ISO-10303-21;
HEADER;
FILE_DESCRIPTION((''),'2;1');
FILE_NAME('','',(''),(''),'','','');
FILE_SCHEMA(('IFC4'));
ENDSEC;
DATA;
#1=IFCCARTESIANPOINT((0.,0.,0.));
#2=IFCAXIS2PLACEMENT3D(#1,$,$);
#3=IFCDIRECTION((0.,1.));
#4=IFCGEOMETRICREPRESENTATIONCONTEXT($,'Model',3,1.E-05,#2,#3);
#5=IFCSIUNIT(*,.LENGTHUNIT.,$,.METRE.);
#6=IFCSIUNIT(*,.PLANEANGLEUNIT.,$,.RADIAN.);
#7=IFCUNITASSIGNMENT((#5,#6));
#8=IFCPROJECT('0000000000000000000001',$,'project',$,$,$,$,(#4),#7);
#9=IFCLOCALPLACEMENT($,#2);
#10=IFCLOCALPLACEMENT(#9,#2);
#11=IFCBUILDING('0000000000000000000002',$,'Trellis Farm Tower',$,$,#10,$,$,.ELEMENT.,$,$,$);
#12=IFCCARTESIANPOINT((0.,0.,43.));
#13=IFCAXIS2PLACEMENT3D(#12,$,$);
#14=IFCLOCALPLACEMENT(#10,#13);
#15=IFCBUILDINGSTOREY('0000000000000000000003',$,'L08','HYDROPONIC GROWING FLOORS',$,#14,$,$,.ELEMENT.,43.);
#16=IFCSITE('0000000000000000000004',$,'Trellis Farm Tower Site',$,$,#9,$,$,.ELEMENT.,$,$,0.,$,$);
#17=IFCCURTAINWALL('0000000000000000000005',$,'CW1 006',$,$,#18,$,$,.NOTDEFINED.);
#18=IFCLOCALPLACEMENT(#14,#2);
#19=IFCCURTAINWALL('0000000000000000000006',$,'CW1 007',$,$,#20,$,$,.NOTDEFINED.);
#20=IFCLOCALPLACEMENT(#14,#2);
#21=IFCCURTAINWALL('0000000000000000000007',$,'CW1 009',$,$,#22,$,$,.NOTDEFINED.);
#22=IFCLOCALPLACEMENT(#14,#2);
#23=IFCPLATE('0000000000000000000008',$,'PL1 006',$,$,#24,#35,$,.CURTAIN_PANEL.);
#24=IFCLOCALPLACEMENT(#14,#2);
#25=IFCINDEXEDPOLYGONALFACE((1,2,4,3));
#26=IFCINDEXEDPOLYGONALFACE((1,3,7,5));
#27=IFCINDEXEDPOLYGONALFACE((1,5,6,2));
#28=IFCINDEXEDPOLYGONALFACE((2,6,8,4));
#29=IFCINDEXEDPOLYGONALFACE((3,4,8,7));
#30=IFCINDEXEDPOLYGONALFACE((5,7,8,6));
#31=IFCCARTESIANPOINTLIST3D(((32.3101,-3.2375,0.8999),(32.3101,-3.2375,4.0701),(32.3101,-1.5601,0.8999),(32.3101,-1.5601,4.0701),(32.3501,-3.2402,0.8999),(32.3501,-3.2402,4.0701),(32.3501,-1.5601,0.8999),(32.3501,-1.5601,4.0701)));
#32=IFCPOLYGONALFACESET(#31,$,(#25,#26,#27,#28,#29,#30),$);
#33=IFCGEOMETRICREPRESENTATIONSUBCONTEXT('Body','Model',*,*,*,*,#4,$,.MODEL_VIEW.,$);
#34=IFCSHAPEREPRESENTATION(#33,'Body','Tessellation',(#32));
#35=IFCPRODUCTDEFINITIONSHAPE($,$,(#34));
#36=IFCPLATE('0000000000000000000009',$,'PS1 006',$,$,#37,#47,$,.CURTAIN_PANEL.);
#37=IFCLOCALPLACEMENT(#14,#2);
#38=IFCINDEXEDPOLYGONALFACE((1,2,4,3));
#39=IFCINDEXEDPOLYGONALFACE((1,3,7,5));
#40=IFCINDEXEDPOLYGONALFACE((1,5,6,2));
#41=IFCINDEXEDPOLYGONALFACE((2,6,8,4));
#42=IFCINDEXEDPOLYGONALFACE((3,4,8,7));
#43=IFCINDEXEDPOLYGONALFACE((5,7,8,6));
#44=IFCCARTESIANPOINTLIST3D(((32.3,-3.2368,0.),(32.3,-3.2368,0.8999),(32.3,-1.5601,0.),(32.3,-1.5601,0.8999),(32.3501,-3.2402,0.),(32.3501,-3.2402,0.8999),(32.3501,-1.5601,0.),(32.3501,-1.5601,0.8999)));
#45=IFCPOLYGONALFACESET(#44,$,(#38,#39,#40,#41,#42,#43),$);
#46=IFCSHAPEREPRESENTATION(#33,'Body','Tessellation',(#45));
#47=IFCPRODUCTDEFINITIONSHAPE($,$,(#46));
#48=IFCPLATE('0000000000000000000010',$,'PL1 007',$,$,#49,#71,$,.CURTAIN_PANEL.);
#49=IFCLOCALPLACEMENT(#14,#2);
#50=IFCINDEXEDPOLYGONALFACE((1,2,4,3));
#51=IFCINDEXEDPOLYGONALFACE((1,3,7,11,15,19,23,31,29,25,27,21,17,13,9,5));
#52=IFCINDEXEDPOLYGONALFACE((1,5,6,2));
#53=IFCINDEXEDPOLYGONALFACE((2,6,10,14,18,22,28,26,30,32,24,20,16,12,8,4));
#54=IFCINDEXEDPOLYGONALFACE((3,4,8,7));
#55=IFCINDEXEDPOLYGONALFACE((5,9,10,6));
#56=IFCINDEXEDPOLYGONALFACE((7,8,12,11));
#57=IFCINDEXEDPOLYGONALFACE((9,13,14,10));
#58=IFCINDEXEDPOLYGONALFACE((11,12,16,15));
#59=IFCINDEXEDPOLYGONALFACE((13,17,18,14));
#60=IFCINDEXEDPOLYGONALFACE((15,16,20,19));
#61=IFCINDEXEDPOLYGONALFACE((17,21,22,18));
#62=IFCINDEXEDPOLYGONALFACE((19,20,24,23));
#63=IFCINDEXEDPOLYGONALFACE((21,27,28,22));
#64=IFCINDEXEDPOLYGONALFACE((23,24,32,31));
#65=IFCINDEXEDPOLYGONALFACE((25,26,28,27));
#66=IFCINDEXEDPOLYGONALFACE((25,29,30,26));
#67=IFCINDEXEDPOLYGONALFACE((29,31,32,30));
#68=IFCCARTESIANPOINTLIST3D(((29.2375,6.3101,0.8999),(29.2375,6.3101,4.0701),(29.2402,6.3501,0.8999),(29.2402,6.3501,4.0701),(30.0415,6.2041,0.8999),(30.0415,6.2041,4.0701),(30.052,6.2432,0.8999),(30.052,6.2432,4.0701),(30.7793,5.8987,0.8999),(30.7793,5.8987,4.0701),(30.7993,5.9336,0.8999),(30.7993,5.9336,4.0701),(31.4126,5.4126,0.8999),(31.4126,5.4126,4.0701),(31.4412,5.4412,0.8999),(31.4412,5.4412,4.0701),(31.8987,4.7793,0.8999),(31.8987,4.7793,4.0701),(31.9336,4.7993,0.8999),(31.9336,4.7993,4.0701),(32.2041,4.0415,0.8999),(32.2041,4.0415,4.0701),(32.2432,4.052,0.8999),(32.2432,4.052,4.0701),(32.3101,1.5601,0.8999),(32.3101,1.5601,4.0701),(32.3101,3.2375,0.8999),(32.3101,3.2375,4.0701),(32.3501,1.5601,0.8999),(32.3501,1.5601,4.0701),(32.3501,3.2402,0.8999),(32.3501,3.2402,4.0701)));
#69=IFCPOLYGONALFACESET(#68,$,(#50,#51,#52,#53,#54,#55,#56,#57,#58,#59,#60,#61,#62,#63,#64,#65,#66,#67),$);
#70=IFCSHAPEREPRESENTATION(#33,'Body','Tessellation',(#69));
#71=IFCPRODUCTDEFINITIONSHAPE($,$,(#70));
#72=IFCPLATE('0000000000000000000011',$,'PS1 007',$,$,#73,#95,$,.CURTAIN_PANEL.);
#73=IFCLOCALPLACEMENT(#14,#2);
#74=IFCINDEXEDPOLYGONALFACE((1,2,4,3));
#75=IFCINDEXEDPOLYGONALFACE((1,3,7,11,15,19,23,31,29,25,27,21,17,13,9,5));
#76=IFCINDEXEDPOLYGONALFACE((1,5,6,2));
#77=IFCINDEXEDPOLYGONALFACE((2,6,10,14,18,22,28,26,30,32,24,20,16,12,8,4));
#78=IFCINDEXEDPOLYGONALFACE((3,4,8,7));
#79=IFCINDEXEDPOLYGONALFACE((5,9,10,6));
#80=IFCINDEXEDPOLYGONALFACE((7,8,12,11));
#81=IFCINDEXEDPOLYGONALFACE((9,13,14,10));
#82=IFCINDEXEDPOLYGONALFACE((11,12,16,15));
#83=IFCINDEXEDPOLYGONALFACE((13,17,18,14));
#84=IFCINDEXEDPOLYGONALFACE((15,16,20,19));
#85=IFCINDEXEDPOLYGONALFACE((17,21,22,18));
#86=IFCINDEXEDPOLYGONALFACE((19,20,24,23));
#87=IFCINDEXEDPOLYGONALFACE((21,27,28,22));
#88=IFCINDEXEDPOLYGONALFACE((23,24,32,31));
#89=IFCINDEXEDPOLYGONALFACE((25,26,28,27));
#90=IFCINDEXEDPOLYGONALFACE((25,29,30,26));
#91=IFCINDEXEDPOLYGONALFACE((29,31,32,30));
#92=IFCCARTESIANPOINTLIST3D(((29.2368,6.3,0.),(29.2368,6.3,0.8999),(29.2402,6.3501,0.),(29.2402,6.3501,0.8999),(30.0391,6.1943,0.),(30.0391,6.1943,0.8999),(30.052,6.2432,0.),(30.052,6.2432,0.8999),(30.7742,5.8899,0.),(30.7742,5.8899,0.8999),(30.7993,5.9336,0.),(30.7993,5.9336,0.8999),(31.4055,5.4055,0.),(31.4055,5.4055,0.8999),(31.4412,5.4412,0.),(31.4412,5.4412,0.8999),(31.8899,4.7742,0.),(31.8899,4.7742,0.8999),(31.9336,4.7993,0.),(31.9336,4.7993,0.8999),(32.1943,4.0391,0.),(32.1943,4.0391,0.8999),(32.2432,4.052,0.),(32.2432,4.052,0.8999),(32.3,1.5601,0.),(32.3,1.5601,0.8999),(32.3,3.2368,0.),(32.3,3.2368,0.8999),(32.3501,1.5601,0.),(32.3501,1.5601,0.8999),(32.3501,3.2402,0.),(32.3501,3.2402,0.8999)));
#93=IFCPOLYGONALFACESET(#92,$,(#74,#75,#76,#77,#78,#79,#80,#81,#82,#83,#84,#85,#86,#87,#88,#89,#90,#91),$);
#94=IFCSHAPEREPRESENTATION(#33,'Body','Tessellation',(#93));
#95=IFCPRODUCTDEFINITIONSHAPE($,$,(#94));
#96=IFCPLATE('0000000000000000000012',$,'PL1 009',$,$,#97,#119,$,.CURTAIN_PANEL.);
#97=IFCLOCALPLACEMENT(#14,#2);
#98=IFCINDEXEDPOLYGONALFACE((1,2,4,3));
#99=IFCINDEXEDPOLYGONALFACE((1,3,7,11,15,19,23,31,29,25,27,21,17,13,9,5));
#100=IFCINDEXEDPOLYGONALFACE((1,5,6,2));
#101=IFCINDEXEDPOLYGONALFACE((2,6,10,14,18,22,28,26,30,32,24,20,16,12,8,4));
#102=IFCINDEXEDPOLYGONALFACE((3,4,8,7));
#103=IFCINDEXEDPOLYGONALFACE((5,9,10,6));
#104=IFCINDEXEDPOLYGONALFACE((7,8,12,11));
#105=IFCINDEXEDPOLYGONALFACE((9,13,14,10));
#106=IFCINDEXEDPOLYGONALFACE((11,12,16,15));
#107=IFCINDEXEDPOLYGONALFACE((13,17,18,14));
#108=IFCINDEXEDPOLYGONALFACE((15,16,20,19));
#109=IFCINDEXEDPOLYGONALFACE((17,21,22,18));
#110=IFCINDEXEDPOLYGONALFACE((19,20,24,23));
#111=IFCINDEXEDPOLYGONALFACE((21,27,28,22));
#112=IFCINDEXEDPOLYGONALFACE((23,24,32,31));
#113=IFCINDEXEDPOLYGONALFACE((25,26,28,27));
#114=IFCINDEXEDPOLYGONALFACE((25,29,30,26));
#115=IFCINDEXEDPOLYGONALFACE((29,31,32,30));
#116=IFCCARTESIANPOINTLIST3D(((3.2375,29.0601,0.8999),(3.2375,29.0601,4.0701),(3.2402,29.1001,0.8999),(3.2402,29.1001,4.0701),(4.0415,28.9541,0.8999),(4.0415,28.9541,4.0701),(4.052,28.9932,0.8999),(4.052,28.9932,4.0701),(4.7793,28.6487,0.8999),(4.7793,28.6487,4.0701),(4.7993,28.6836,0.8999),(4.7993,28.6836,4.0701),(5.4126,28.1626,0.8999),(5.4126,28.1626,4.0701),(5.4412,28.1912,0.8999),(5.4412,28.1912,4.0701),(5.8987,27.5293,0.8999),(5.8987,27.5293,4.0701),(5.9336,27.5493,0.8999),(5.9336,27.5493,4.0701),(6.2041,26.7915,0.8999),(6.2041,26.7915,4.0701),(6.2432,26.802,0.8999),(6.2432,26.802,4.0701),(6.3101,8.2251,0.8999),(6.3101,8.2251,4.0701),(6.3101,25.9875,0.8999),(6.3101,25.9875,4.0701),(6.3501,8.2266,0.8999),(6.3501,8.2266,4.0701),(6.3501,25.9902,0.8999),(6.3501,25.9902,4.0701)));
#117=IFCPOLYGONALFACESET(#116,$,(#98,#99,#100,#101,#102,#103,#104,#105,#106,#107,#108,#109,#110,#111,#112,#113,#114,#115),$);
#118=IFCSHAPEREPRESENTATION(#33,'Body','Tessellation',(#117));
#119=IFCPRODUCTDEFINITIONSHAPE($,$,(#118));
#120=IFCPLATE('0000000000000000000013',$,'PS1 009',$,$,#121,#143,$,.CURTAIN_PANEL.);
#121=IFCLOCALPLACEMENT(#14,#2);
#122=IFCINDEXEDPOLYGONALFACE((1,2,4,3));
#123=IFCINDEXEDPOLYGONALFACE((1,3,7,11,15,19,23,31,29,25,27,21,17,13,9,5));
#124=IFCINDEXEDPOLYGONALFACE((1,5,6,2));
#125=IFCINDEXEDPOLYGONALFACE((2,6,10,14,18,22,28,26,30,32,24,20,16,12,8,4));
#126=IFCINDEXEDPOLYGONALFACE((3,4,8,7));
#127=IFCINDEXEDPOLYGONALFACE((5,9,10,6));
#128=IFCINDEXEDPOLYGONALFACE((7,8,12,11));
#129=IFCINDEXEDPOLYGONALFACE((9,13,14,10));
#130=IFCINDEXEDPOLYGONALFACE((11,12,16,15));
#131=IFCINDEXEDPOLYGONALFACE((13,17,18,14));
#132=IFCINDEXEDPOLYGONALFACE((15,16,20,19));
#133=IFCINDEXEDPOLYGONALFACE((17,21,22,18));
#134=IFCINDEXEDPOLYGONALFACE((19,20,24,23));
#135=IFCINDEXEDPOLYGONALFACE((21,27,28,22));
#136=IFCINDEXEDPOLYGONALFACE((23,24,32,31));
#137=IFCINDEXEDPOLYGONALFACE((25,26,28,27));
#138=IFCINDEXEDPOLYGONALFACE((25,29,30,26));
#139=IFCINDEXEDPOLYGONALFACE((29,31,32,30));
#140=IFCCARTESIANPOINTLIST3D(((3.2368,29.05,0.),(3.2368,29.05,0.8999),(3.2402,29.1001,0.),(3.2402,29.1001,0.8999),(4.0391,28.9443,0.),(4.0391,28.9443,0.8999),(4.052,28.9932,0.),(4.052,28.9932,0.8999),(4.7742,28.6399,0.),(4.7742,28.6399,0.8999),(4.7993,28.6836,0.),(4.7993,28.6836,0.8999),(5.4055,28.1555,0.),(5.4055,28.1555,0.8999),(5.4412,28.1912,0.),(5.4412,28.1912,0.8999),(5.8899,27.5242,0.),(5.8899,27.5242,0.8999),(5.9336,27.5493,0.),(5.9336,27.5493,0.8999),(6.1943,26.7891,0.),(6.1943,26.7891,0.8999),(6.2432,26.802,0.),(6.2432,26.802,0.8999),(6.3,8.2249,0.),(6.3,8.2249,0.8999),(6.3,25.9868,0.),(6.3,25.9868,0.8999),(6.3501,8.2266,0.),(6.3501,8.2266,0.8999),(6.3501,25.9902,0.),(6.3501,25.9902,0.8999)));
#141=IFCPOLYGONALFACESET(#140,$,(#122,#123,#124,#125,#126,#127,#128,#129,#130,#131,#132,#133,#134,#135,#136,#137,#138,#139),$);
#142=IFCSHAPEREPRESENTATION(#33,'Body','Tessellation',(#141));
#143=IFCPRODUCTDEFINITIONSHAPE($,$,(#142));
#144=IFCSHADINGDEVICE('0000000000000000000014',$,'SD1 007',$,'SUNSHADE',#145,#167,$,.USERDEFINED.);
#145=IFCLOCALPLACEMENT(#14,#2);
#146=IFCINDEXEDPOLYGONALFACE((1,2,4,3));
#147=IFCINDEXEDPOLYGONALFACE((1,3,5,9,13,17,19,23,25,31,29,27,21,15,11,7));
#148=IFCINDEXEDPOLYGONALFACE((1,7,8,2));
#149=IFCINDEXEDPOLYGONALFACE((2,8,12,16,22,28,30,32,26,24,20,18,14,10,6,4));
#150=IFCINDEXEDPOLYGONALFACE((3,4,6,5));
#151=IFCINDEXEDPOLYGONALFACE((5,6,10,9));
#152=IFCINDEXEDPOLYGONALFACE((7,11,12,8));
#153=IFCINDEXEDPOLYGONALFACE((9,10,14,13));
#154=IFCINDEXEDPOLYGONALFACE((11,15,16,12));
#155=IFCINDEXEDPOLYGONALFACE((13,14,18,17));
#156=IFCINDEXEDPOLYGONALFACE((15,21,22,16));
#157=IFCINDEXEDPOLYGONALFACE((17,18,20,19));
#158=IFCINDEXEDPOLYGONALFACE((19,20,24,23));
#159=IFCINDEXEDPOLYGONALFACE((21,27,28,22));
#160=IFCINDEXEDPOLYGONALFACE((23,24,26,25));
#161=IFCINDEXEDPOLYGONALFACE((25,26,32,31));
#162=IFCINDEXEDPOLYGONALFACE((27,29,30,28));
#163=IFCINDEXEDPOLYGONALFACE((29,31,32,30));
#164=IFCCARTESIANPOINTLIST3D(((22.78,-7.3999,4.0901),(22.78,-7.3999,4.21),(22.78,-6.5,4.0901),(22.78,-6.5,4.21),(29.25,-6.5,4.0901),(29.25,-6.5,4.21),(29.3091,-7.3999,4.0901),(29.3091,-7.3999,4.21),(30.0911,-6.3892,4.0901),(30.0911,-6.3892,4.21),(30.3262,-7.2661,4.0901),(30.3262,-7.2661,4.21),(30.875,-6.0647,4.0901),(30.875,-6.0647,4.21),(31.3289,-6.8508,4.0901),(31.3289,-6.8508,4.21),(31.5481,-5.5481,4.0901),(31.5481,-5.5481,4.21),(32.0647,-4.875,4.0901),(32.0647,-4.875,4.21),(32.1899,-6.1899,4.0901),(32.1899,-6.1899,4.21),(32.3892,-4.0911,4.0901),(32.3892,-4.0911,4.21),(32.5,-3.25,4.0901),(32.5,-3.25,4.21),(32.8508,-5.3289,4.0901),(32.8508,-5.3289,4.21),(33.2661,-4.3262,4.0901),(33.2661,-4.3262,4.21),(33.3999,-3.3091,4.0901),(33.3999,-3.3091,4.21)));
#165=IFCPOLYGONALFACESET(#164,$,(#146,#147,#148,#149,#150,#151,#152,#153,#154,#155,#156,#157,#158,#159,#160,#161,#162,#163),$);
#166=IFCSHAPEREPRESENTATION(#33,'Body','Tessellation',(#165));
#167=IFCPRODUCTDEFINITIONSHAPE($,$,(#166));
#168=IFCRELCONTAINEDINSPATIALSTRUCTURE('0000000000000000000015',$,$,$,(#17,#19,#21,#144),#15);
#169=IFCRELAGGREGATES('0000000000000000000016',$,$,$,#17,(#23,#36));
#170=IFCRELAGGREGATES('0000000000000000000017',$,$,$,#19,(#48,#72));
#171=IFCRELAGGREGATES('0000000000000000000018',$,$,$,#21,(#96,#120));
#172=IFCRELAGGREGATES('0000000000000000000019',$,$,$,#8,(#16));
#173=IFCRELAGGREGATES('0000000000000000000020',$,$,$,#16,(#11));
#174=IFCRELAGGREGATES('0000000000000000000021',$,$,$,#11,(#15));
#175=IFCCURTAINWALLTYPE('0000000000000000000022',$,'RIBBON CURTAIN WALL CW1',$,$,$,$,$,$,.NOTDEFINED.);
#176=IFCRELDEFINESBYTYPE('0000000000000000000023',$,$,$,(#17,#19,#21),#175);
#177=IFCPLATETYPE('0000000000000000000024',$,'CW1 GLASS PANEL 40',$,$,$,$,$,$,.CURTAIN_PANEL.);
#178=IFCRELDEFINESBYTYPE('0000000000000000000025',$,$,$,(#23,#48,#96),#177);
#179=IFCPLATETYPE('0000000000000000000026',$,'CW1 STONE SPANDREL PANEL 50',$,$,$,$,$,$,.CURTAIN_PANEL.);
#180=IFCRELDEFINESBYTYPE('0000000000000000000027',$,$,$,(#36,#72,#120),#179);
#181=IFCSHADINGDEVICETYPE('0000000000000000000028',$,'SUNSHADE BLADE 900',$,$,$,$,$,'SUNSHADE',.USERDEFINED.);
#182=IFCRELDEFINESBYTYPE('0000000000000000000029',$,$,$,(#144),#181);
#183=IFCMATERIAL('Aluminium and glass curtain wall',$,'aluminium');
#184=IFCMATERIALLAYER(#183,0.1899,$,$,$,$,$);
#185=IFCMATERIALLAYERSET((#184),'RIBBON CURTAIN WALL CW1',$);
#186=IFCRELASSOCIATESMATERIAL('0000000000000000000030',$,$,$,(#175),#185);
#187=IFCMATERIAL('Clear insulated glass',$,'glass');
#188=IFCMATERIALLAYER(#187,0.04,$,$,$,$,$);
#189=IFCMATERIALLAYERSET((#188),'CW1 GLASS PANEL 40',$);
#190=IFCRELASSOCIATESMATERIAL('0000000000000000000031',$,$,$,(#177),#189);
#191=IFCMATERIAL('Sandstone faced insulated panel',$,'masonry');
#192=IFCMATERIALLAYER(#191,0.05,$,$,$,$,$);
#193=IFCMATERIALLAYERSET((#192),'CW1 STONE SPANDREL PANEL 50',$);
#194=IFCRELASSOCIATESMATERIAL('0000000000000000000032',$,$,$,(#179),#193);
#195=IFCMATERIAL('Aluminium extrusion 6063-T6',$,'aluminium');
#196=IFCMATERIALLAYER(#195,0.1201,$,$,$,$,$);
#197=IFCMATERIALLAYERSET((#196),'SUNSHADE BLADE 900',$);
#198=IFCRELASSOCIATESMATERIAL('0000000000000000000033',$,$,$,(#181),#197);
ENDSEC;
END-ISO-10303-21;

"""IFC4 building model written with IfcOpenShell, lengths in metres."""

from ifc_helpers import new_model, si_unit, direction, frame, origin, place, context, subcontext, project, spatial, polyline, outline, extrude, source, transform, mapped, material, layer, layer_set, type_object, element, aggregate, save


model = new_model("IFC4")

# Units and contexts
model_context = context("Model", 3, precision=1e-05, world=origin(), true_north=direction((0.0, 1.0)))
body_context = subcontext(model_context, "Body", "Model", "MODEL_VIEW")
ifc_project = project(units=[si_unit("LENGTHUNIT", "METRE"), si_unit("PLANEANGLEUNIT", "RADIAN")], contexts=[model_context])

# Site, building, storey
site_placement = place(None, origin())
site = spatial("IfcSite", under=ifc_project, at=site_placement, Name="Trellis Farm Tower Site", CompositionType="ELEMENT", RefElevation=0.0)
building_placement = place(site_placement, origin())
building = spatial("IfcBuilding", under=site, at=building_placement, Name="Trellis Farm Tower", CompositionType="ELEMENT")
storey_placement = place(building_placement, frame((0.0, 0.0, 43.0)))
storey = spatial("IfcBuildingStorey", under=building, at=storey_placement, Name="L08", Description="HYDROPONIC GROWING FLOORS", CompositionType="ELEMENT", Elevation=43.0)

# Curtain walls
ifc_material_1 = material(Name="Aluminium and glass curtain wall", Category="aluminium")
ifc_layer_1 = layer(ifc_material_1, 0.1899)
ifc_layer_set_1 = layer_set([ifc_layer_1], Name="RIBBON CURTAIN WALL CW1")
curtain_wall_type_1 = type_object("IfcCurtainWallType", Name="RIBBON CURTAIN WALL CW1", PredefinedType="NOTDEFINED", material=ifc_layer_set_1)
placement_1 = place(storey_placement, origin())
ifc_material_2 = material(Name="Aluminium extrusion 6063-T6", Category="aluminium")
curtain_wall_1 = element("IfcCurtainWall", 1, at=placement_1, inside=storey, type_object=curtain_wall_type_1, Name="CW1 006", PredefinedType="NOTDEFINED")
curtain_wall_2 = element("IfcCurtainWall", 2, at=placement_1, inside=storey, type_object=curtain_wall_type_1, Name="CW1 007", PredefinedType="NOTDEFINED")
curtain_wall_3 = element("IfcCurtainWall", 3, at=placement_1, inside=storey, type_object=curtain_wall_type_1, Name="CW1 009", PredefinedType="NOTDEFINED")

# Plates
ifc_material_3 = material(Name="Clear insulated glass", Category="glass")
ifc_layer_2 = layer(ifc_material_3, 0.04)
ifc_layer_set_2 = layer_set([ifc_layer_2], Name="CW1 GLASS PANEL 40")
plate_type_1 = type_object("IfcPlateType", Name="CW1 GLASS PANEL 40", PredefinedType="CURTAIN_PANEL", material=ifc_layer_set_2)
placement_2 = place(storey_placement, frame((0.0, 0.0, 0.8999)))
ifc_material_4 = material(Name="Sandstone faced insulated panel", Category="masonry")
ifc_layer_3 = layer(ifc_material_4, 0.05)
ifc_layer_set_3 = layer_set([ifc_layer_3], Name="CW1 STONE SPANDREL PANEL 50")
plate_type_2 = type_object("IfcPlateType", Name="CW1 STONE SPANDREL PANEL 50", PredefinedType="CURTAIN_PANEL", material=ifc_layer_set_3)
shared_shape_1 = source(origin(), body_context, "Body", "SweptSolid", [
    extrude(outline(polyline([(32.3501, -3.2402), (32.3501, -1.5601), (32.3101, -1.5601), (32.3101, -3.2375), (32.3501, -3.2402)])), origin(), (0.0, 0.0, 1.0), 3.1702),
])
plate_1 = element("IfcPlate", 4, at=placement_2, type_object=plate_type_1, Name="PL1 006", PredefinedType="CURTAIN_PANEL", context=body_context, shape_type="MappedRepresentation", body=[
    mapped(shared_shape_1, transform((0.0, 0.0, 0.0))),
])
shared_shape_2 = source(origin(), body_context, "Body", "SweptSolid", [
    extrude(outline(polyline([(32.3501, -3.2402), (32.3501, -1.5601), (32.3, -1.5601), (32.3, -3.2368), (32.3501, -3.2402)])), origin(), (0.0, 0.0, 1.0), 0.8999),
])
plate_2 = element("IfcPlate", 5, at=placement_1, type_object=plate_type_2, Name="PS1 006", PredefinedType="CURTAIN_PANEL", context=body_context, shape_type="MappedRepresentation", body=[
    mapped(shared_shape_2, transform((0.0, 0.0, 0.0))),
])
aggregate(curtain_wall_1, [plate_1, plate_2])
shared_shape_3 = source(origin(), body_context, "Body", "SweptSolid", [
    extrude(outline(polyline([(32.3501, 1.5601), (32.3501, 3.2402), (32.2432, 4.052), (31.9336, 4.7993), (31.4412, 5.4412), (30.7993, 5.9336), (30.052, 6.2432), (29.2402, 6.3501), (29.2375, 6.3101), (30.0415, 6.2041), (30.7793, 5.8987), (31.4126, 5.4126), (31.8987, 4.7793), (32.2041, 4.0415), (32.3101, 3.2375), (32.3101, 1.5601), (32.3501, 1.5601)])), origin(), (0.0, 0.0, 1.0), 3.1702),
])
plate_3 = element("IfcPlate", 6, at=placement_2, type_object=plate_type_1, Name="PL1 007", PredefinedType="CURTAIN_PANEL", context=body_context, shape_type="MappedRepresentation", body=[
    mapped(shared_shape_3, transform((0.0, 0.0, 0.0))),
])
shared_shape_4 = source(origin(), body_context, "Body", "SweptSolid", [
    extrude(outline(polyline([(32.3501, 1.5601), (32.3501, 3.2402), (32.2432, 4.052), (31.9336, 4.7993), (31.4412, 5.4412), (30.7993, 5.9336), (30.052, 6.2432), (29.2402, 6.3501), (29.2368, 6.3), (30.0391, 6.1943), (30.7742, 5.8899), (31.4055, 5.4055), (31.8899, 4.7742), (32.1943, 4.0391), (32.3, 3.2368), (32.3, 1.5601), (32.3501, 1.5601)])), origin(), (0.0, 0.0, 1.0), 0.8999),
])
plate_4 = element("IfcPlate", 7, at=placement_1, type_object=plate_type_2, Name="PS1 007", PredefinedType="CURTAIN_PANEL", context=body_context, shape_type="MappedRepresentation", body=[
    mapped(shared_shape_4, transform((0.0, 0.0, 0.0))),
])
aggregate(curtain_wall_2, [plate_3, plate_4])
shared_shape_5 = source(origin(), body_context, "Body", "SweptSolid", [
    extrude(outline(polyline([(6.3501, 8.2266), (6.3501, 25.9902), (6.2432, 26.802), (5.9336, 27.5493), (5.4412, 28.1912), (4.7993, 28.6836), (4.052, 28.9932), (3.2402, 29.1001), (3.2375, 29.0601), (4.0415, 28.9541), (4.7793, 28.6487), (5.4126, 28.1626), (5.8987, 27.5293), (6.2041, 26.7915), (6.3101, 25.9875), (6.3101, 8.2251), (6.3501, 8.2266)])), origin(), (0.0, 0.0, 1.0), 3.1702),
])
plate_5 = element("IfcPlate", 8, at=placement_2, type_object=plate_type_1, Name="PL1 009", PredefinedType="CURTAIN_PANEL", context=body_context, shape_type="MappedRepresentation", body=[
    mapped(shared_shape_5, transform((0.0, 0.0, 0.0))),
])
shared_shape_6 = source(origin(), body_context, "Body", "SweptSolid", [
    extrude(outline(polyline([(6.3501, 8.2266), (6.3501, 25.9902), (6.2432, 26.802), (5.9336, 27.5493), (5.4412, 28.1912), (4.7993, 28.6836), (4.052, 28.9932), (3.2402, 29.1001), (3.2368, 29.05), (4.0391, 28.9443), (4.7742, 28.6399), (5.4055, 28.1555), (5.8899, 27.5242), (6.1943, 26.7891), (6.3, 25.9868), (6.3, 8.2249), (6.3501, 8.2266)])), origin(), (0.0, 0.0, 1.0), 0.8999),
])
plate_6 = element("IfcPlate", 9, at=placement_1, type_object=plate_type_2, Name="PS1 009", PredefinedType="CURTAIN_PANEL", context=body_context, shape_type="MappedRepresentation", body=[
    mapped(shared_shape_6, transform((0.0, 0.0, 0.0))),
])
aggregate(curtain_wall_3, [plate_5, plate_6])

# Shading device
ifc_layer_4 = layer(ifc_material_2, 0.1201)
ifc_layer_set_4 = layer_set([ifc_layer_4], Name="SUNSHADE BLADE 900")
shading_device_type_1 = type_object("IfcShadingDeviceType", Name="SUNSHADE BLADE 900", ElementType="SUNSHADE", PredefinedType="USERDEFINED", material=ifc_layer_set_4)
shared_shape_7 = source(origin(), body_context, "Body", "SweptSolid", [
    extrude(outline(polyline([(22.78, -7.3999), (29.3091, -7.3999), (30.3262, -7.2661), (31.3289, -6.8508), (32.1899, -6.1899), (32.8508, -5.3289), (33.2661, -4.3262), (33.3999, -3.3091), (32.5, -3.25), (32.3892, -4.0911), (32.0647, -4.875), (31.5481, -5.5481), (30.875, -6.0647), (30.0911, -6.3892), (29.25, -6.5), (22.78, -6.5), (22.78, -7.3999)])), origin(), (0.0, 0.0, 1.0), 0.1199),
])
placement_3 = place(storey_placement, frame((0.0, 0.0, 4.0901)))
element("IfcShadingDevice", 10, at=placement_3, inside=storey, type_object=shading_device_type_1, Name="SD1 007", ObjectType="SUNSHADE", PredefinedType="USERDEFINED", context=body_context, shape_type="MappedRepresentation", body=[
    mapped(shared_shape_7, transform((0.0, 0.0, 0.0))),
])

save(model, "model.ifc")
